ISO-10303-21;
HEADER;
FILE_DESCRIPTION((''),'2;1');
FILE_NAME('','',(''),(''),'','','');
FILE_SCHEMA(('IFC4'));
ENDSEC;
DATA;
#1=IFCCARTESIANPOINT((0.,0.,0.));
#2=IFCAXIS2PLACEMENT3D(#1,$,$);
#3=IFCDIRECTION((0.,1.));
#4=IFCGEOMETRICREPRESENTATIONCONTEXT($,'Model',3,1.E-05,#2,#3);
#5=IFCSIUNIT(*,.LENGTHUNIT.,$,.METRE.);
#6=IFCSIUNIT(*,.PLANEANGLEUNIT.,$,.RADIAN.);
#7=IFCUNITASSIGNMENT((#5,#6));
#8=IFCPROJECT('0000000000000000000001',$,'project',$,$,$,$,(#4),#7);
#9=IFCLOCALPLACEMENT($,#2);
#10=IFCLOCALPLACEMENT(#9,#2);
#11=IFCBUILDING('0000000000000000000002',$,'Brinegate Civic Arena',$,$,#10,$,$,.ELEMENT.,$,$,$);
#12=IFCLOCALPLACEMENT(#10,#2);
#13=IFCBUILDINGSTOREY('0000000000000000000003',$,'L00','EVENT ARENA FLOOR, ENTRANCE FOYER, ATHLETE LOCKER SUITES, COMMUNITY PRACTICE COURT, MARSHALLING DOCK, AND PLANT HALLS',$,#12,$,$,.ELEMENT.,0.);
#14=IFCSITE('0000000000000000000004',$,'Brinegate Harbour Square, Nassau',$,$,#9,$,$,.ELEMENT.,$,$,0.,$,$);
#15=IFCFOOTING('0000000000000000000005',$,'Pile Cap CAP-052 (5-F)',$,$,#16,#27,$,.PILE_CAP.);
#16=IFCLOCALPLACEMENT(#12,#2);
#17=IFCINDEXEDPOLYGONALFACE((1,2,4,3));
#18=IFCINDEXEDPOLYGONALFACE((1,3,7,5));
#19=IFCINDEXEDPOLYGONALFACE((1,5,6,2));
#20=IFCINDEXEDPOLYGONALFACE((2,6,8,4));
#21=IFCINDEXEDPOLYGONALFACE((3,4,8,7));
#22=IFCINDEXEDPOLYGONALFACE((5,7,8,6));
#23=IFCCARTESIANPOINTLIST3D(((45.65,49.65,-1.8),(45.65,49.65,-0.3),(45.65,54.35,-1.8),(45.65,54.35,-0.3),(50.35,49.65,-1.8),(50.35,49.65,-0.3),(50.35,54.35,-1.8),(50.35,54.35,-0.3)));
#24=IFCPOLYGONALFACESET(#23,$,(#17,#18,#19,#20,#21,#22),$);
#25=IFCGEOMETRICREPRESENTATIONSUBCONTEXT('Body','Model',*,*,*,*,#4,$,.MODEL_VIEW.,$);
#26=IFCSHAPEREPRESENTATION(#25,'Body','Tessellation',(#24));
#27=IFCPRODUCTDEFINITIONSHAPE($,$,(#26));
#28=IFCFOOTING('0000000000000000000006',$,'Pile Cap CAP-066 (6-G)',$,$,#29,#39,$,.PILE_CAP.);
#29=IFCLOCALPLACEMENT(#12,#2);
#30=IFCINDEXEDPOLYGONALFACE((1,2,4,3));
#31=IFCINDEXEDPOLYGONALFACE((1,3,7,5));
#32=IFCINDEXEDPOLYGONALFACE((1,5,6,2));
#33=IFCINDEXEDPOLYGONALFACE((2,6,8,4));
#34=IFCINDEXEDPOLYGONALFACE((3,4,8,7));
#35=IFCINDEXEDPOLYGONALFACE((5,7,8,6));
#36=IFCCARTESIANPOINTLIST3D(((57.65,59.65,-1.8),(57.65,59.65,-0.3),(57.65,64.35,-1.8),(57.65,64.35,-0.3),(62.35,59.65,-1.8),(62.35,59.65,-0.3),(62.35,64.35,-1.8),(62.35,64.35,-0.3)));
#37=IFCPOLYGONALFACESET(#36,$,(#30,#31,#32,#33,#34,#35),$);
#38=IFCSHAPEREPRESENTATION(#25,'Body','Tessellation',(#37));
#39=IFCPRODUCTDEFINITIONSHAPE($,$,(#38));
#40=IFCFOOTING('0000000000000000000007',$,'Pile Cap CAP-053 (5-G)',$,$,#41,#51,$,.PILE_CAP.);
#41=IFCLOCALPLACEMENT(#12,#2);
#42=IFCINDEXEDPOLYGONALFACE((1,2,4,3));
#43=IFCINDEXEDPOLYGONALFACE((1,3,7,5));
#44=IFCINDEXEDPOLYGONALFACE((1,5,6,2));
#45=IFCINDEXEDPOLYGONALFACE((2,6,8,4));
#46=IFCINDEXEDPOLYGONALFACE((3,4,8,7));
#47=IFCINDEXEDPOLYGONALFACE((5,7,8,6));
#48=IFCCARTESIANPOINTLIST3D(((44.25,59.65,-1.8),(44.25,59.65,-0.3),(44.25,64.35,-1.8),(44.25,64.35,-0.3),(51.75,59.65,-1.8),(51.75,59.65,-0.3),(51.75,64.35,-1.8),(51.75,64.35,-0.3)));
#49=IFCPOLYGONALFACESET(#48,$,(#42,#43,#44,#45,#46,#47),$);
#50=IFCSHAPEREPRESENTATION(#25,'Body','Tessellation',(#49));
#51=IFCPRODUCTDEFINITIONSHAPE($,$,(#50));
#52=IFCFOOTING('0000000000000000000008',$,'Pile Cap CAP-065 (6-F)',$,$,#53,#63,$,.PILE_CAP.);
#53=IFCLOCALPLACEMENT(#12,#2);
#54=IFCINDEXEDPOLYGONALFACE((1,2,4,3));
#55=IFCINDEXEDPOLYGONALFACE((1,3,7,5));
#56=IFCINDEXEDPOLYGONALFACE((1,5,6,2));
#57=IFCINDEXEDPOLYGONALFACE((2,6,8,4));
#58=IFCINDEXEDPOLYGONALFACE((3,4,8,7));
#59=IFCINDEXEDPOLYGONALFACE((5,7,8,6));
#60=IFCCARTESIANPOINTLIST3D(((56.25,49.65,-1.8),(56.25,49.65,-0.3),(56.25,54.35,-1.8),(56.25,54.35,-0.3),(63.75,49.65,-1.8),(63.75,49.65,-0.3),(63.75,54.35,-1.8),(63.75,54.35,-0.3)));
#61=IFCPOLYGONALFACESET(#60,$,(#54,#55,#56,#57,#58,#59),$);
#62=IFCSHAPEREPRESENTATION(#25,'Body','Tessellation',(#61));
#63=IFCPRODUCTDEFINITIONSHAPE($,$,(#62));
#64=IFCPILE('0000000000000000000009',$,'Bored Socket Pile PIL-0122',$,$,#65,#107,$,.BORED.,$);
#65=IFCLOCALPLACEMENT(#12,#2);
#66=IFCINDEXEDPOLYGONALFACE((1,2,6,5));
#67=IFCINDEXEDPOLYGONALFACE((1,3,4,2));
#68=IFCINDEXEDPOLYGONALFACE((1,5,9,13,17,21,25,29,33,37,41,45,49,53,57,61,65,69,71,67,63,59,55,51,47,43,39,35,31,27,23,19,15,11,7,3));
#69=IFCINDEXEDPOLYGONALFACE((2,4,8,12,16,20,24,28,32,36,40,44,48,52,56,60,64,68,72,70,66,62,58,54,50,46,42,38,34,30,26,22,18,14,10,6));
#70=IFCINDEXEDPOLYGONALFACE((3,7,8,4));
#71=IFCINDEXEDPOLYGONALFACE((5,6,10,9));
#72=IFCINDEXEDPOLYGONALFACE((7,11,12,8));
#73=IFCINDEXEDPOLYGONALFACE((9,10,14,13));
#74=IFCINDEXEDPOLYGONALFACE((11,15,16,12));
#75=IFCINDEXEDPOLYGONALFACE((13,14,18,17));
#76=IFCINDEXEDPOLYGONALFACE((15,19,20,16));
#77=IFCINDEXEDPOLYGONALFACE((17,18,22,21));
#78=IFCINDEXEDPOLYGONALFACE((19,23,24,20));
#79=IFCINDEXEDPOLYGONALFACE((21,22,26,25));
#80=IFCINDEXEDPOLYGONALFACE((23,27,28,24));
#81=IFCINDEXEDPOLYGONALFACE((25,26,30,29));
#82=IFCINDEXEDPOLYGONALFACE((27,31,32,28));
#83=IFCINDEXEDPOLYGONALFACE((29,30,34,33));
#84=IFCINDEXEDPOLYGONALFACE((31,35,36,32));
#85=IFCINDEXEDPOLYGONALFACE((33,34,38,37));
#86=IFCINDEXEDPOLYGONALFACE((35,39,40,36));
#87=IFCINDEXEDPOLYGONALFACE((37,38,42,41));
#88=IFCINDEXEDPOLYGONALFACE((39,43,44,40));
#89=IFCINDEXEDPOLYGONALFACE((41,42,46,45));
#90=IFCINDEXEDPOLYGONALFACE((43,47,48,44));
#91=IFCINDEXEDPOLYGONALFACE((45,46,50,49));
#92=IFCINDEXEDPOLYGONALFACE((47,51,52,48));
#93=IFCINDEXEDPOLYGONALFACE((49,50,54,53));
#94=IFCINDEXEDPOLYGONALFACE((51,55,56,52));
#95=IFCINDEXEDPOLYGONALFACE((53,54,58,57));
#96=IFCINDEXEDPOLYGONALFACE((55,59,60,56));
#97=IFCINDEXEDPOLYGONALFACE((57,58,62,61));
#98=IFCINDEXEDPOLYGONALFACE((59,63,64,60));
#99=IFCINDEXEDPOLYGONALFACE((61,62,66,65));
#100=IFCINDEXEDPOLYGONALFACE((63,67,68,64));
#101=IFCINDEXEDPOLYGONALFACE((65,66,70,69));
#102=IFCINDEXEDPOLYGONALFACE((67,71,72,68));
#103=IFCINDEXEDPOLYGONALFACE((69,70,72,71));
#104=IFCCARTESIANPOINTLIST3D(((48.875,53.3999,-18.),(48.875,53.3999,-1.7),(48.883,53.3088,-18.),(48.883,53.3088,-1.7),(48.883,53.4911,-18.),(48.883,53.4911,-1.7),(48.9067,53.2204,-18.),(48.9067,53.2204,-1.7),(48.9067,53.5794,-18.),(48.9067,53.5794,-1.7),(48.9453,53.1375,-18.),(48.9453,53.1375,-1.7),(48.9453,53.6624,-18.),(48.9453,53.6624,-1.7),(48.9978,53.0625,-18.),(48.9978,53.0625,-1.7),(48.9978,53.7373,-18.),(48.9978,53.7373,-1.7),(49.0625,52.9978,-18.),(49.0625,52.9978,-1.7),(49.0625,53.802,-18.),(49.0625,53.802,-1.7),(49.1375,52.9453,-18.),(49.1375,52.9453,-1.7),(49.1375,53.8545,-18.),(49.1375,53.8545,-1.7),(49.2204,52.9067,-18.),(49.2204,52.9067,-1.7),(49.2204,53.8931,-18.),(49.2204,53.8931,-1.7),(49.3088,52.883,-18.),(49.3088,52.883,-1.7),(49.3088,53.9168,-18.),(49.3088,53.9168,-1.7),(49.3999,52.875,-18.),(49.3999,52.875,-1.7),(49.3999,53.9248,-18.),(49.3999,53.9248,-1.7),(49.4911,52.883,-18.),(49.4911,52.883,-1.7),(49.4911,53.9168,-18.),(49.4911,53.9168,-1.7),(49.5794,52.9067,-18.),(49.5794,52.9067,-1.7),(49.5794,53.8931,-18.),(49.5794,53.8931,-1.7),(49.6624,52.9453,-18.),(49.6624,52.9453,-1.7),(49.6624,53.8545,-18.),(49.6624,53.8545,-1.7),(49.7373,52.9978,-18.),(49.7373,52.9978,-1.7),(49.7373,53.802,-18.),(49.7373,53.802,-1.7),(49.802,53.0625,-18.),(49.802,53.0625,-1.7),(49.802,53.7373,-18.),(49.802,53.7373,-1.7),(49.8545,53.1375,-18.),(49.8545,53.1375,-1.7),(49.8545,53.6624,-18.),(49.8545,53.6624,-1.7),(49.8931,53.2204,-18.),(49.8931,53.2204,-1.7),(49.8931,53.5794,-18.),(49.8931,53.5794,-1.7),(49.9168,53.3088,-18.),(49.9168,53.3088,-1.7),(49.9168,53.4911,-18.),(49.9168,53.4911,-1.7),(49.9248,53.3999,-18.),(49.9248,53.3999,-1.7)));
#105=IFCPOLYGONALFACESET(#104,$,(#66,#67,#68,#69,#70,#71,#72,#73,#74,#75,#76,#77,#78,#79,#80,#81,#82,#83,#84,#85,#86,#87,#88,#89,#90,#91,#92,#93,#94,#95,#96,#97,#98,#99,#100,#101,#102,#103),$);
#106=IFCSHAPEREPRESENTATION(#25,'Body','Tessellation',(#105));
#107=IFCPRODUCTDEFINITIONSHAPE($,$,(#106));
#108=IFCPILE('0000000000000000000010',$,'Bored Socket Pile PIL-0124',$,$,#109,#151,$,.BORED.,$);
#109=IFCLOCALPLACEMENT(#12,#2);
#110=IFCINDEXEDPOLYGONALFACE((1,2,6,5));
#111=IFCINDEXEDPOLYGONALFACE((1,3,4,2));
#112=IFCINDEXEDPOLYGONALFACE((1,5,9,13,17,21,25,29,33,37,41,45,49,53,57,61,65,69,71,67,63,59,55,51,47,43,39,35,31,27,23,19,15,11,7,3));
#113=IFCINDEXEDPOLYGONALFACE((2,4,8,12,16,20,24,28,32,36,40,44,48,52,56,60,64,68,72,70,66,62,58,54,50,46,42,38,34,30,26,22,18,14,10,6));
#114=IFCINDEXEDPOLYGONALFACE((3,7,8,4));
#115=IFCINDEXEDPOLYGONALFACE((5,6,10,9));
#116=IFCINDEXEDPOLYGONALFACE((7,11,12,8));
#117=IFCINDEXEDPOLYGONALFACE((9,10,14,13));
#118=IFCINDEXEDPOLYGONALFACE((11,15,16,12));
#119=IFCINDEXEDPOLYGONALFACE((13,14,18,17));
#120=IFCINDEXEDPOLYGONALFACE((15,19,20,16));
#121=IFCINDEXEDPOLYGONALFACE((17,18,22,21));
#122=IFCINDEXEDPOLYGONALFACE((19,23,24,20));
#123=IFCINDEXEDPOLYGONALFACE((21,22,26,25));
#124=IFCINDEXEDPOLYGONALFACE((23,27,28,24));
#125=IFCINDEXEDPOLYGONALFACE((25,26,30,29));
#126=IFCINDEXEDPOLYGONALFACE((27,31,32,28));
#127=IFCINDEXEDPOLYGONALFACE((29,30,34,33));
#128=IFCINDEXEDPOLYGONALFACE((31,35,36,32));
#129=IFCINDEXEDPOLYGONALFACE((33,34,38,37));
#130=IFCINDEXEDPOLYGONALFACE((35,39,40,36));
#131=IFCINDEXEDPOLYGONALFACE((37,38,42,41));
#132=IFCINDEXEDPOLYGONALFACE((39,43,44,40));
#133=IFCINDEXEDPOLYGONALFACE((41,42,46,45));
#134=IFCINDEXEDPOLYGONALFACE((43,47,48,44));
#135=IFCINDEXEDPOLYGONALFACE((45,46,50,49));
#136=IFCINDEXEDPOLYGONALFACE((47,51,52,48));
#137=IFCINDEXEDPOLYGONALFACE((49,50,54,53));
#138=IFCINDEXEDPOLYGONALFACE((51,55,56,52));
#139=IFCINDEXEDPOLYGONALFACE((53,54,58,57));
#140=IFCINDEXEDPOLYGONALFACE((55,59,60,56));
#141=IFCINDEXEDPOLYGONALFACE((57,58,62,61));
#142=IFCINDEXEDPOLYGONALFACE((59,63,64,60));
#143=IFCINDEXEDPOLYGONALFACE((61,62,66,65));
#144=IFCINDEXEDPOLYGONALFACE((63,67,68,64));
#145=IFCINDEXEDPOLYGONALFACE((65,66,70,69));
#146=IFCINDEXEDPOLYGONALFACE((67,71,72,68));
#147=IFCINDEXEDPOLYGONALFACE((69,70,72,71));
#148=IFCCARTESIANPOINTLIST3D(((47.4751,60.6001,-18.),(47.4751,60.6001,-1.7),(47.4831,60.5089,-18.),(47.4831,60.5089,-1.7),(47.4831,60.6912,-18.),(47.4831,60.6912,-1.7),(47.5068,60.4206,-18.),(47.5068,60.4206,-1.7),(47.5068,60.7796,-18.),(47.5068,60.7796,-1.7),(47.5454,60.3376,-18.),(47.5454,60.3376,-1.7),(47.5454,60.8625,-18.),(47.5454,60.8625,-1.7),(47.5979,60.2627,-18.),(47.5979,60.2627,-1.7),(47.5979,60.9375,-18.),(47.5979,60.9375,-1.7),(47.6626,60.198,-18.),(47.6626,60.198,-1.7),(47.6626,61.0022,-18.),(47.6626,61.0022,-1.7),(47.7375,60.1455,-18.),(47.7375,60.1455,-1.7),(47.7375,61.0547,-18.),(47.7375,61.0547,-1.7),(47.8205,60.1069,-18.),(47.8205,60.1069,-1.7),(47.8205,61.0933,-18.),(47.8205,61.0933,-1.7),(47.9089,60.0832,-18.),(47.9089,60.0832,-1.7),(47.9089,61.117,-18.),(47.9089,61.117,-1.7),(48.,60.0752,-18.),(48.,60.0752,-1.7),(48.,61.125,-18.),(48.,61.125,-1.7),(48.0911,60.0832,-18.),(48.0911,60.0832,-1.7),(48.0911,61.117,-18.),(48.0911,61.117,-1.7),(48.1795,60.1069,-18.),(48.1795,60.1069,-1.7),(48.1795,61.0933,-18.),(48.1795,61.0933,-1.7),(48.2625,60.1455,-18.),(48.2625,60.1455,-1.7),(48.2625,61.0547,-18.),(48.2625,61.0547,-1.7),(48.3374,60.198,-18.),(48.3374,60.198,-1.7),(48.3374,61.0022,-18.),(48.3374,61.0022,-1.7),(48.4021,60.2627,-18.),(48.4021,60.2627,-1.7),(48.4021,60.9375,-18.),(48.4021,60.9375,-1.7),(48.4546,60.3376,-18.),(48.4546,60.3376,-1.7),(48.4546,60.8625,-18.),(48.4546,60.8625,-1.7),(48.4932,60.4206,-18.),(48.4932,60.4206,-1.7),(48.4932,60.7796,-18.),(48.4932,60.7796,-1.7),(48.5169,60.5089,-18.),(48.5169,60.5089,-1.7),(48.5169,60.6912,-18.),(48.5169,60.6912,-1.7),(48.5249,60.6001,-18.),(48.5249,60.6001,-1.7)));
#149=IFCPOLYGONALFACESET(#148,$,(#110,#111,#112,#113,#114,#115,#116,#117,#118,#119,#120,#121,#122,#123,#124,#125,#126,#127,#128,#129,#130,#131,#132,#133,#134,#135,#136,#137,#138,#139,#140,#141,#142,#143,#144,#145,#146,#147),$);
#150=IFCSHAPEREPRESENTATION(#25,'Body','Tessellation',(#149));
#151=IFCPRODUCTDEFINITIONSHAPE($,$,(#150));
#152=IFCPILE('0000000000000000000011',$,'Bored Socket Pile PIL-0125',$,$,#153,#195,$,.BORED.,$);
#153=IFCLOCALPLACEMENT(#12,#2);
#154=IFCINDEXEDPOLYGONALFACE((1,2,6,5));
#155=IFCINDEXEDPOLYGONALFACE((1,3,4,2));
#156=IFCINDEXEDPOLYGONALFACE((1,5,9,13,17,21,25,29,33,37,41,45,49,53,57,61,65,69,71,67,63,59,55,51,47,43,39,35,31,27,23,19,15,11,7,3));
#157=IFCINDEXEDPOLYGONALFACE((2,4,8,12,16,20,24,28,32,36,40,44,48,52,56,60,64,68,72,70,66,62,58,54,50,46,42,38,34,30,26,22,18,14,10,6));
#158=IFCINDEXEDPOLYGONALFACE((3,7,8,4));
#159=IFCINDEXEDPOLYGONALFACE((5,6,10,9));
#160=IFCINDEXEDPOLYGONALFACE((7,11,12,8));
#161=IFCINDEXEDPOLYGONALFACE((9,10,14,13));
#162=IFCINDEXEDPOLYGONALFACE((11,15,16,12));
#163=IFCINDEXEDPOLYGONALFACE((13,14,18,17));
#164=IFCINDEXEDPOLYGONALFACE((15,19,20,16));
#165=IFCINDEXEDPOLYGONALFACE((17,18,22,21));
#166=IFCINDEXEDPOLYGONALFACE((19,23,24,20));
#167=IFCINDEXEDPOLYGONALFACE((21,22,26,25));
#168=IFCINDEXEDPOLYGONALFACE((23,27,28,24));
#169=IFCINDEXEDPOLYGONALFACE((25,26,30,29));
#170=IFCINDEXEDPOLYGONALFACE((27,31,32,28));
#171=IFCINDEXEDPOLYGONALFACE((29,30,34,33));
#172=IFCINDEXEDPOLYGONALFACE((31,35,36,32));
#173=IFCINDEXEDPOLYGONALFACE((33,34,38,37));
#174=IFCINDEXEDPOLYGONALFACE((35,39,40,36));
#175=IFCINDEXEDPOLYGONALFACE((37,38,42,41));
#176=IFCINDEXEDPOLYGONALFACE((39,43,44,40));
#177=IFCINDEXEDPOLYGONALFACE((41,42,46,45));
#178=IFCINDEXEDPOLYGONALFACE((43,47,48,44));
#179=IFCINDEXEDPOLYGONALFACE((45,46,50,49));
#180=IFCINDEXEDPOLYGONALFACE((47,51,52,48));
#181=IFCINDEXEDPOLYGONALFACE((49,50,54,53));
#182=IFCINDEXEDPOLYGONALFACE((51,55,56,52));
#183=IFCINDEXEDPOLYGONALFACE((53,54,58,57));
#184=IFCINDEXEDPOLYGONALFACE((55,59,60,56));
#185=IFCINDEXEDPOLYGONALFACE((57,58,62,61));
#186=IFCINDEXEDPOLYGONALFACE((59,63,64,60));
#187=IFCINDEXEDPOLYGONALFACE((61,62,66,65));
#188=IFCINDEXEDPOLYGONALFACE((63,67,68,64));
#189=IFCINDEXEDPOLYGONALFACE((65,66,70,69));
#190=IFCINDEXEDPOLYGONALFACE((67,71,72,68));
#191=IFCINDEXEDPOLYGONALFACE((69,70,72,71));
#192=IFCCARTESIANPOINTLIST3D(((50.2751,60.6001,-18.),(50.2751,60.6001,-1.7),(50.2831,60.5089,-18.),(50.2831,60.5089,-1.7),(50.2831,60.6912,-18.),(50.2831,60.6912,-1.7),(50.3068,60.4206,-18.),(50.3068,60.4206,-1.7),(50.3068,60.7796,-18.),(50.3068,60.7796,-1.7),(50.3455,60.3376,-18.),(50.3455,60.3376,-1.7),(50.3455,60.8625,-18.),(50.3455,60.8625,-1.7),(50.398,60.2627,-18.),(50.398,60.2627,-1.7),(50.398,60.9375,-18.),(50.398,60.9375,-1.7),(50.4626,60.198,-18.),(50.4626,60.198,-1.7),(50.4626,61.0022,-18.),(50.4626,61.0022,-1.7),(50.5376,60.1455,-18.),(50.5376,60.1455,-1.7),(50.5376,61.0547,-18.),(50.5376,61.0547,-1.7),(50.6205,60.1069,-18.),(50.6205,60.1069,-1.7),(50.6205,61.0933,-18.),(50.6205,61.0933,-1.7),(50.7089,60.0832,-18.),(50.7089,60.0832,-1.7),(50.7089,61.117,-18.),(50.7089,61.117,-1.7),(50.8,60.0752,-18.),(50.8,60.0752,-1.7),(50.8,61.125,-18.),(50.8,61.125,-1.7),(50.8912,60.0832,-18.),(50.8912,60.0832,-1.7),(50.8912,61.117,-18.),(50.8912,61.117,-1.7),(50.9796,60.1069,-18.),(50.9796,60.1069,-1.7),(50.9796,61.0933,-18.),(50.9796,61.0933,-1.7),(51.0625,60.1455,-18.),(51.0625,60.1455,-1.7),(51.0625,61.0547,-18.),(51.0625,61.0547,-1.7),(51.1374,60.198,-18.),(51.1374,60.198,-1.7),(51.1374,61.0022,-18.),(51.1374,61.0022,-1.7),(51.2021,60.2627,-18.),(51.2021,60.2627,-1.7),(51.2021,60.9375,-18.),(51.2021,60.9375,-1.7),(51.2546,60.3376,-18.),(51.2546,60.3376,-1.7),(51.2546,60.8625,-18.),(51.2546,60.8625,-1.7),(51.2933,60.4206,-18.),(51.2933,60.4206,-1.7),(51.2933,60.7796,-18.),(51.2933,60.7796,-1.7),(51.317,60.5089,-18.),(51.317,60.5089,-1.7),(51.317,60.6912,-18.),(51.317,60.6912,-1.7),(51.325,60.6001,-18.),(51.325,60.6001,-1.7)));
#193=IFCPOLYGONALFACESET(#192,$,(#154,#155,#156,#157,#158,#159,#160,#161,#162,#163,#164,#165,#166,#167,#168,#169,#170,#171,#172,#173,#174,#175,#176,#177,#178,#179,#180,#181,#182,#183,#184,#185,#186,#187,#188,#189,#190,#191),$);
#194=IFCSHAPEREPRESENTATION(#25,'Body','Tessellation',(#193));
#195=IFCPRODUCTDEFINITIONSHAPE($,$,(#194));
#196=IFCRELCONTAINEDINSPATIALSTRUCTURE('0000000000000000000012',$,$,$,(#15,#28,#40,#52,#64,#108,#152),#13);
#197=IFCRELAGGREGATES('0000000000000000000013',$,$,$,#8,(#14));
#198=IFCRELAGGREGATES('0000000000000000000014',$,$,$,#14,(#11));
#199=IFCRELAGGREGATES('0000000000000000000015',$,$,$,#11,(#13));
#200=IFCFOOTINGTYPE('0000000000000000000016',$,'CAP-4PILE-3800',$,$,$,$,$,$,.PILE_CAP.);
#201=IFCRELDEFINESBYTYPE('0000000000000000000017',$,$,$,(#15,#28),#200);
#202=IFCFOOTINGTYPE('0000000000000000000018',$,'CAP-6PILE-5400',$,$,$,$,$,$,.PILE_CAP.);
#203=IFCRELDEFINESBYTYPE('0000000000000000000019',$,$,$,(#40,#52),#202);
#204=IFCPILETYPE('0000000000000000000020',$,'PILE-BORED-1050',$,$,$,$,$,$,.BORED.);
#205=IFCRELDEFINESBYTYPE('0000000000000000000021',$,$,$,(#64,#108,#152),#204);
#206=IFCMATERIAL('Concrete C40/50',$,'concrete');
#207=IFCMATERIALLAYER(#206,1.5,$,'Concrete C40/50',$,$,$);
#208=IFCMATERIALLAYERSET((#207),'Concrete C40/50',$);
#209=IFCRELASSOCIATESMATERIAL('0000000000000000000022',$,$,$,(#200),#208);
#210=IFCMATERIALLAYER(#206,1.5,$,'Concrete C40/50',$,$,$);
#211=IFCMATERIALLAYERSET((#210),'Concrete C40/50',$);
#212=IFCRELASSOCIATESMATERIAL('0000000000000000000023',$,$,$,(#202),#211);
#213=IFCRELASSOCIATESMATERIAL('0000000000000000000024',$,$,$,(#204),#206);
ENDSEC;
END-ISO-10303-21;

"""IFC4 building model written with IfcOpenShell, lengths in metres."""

from ifc_helpers import new_model, si_unit, direction, frame, origin, origin_2d, place, context, subcontext, project, spatial, rectangle, circle, extrude, material, layer, layer_set, material_profile, profile_set, type_object, element, save


model = new_model("IFC4")

# Units and contexts
model_context = context("Model", 3, precision=1e-05, world=origin(), true_north=direction((0.0, 1.0)))
body_context = subcontext(model_context, "Body", "Model", "MODEL_VIEW")
ifc_project = project(units=[si_unit("LENGTHUNIT", "METRE"), si_unit("PLANEANGLEUNIT", "RADIAN")], contexts=[model_context])

# Site, building, storey
site_placement = place(None, origin())
site = spatial("IfcSite", under=ifc_project, at=site_placement, Name="Brinegate Harbour Square, Nassau", CompositionType="ELEMENT", RefElevation=0.0)
building_placement = place(site_placement, origin())
building = spatial("IfcBuilding", under=site, at=building_placement, Name="Brinegate Civic Arena", CompositionType="ELEMENT")
storey_placement = place(building_placement, origin())
storey = spatial("IfcBuildingStorey", under=building, at=storey_placement, Name="L00", Description="EVENT ARENA FLOOR, ENTRANCE FOYER, ATHLETE LOCKER SUITES, COMMUNITY PRACTICE COURT, MARSHALLING DOCK, AND PLANT HALLS", CompositionType="ELEMENT", Elevation=0.0)

# Footings
ifc_material_1 = material(Name="Concrete C40/50", Category="concrete")
ifc_layer_1 = layer(ifc_material_1, 1.5, Name="Concrete C40/50")
ifc_layer_set_1 = layer_set([ifc_layer_1], Name="Concrete C40/50")
footing_type_1 = type_object("IfcFootingType", Name="CAP-4PILE-3800", PredefinedType="PILE_CAP", material=ifc_layer_set_1)
for number, where, z_axis, x_axis, name in (
    (1, (48.0, 52.0, -1.8), (0.0, 0.0, 1.0), (1.0, 0.0, 0.0), "Pile Cap CAP-052 (5-F)"),
    (2, (60.0, 62.0, -1.8), (0.0, 0.0, 1.0), (1.0, 0.0, 0.0), "Pile Cap CAP-066 (6-G)"),
):
    element("IfcFooting", number, at=place(storey_placement, frame(where, z_axis=z_axis, x_axis=x_axis)), inside=storey, type_object=footing_type_1, Name=name, PredefinedType="PILE_CAP", context=body_context, shape_type="SweptSolid", body=[
        extrude(rectangle(XDim=4.7, YDim=4.7, at=origin_2d()), origin(), (0.0, 0.0, 1.0), 1.5),
    ])
ifc_layer_2 = layer(ifc_material_1, 1.5, Name="Concrete C40/50")
ifc_layer_set_2 = layer_set([ifc_layer_2], Name="Concrete C40/50")
footing_type_2 = type_object("IfcFootingType", Name="CAP-6PILE-5400", PredefinedType="PILE_CAP", material=ifc_layer_set_2)
for number, where, z_axis, x_axis, name in (
    (3, (48.0, 62.0, -1.8), (0.0, 0.0, 1.0), (1.0, 0.0, 0.0), "Pile Cap CAP-053 (5-G)"),
    (4, (60.0, 52.0, -1.8), (0.0, 0.0, 1.0), (1.0, 0.0, 0.0), "Pile Cap CAP-065 (6-F)"),
):
    element("IfcFooting", number, at=place(storey_placement, frame(where, z_axis=z_axis, x_axis=x_axis)), inside=storey, type_object=footing_type_2, Name=name, PredefinedType="PILE_CAP", context=body_context, shape_type="SweptSolid", body=[
        extrude(rectangle(XDim=7.5, YDim=4.7, at=origin_2d()), origin(), (0.0, 0.0, 1.0), 1.5),
    ])

# Piles
ifc_material_profile_1 = material_profile(ifc_material_1, circle(Radius=0.5249, at=origin_2d()), Name="PILED1050")
ifc_profile_set_1 = profile_set([ifc_material_profile_1], Name="Concrete C40/50")
pile_type = type_object("IfcPileType", Name="PILE-BORED-1050", PredefinedType="BORED", material=ifc_profile_set_1)
for number, where, z_axis, x_axis, name in (
    (5, (49.3999, 53.3999, -1.7), (0.0, 0.0, -1.0), (1.0, 0.0, 0.0), "Bored Socket Pile PIL-0122"),
    (6, (48.0, 60.6001, -1.7), (0.0, 0.0, -1.0), (1.0, 0.0, 0.0), "Bored Socket Pile PIL-0124"),
    (7, (50.8, 60.6001, -1.7), (0.0, 0.0, -1.0), (1.0, 0.0, 0.0), "Bored Socket Pile PIL-0125"),
):
    element("IfcPile", number, at=place(storey_placement, frame(where, z_axis=z_axis, x_axis=x_axis)), inside=storey, type_object=pile_type, Name=name, PredefinedType="BORED", context=body_context, shape_type="SweptSolid", body=[
        extrude(circle(Radius=0.5249, at=origin_2d()), origin(), (0.0, 0.0, 1.0), 16.3),
    ])

save(model, "model.ifc")
